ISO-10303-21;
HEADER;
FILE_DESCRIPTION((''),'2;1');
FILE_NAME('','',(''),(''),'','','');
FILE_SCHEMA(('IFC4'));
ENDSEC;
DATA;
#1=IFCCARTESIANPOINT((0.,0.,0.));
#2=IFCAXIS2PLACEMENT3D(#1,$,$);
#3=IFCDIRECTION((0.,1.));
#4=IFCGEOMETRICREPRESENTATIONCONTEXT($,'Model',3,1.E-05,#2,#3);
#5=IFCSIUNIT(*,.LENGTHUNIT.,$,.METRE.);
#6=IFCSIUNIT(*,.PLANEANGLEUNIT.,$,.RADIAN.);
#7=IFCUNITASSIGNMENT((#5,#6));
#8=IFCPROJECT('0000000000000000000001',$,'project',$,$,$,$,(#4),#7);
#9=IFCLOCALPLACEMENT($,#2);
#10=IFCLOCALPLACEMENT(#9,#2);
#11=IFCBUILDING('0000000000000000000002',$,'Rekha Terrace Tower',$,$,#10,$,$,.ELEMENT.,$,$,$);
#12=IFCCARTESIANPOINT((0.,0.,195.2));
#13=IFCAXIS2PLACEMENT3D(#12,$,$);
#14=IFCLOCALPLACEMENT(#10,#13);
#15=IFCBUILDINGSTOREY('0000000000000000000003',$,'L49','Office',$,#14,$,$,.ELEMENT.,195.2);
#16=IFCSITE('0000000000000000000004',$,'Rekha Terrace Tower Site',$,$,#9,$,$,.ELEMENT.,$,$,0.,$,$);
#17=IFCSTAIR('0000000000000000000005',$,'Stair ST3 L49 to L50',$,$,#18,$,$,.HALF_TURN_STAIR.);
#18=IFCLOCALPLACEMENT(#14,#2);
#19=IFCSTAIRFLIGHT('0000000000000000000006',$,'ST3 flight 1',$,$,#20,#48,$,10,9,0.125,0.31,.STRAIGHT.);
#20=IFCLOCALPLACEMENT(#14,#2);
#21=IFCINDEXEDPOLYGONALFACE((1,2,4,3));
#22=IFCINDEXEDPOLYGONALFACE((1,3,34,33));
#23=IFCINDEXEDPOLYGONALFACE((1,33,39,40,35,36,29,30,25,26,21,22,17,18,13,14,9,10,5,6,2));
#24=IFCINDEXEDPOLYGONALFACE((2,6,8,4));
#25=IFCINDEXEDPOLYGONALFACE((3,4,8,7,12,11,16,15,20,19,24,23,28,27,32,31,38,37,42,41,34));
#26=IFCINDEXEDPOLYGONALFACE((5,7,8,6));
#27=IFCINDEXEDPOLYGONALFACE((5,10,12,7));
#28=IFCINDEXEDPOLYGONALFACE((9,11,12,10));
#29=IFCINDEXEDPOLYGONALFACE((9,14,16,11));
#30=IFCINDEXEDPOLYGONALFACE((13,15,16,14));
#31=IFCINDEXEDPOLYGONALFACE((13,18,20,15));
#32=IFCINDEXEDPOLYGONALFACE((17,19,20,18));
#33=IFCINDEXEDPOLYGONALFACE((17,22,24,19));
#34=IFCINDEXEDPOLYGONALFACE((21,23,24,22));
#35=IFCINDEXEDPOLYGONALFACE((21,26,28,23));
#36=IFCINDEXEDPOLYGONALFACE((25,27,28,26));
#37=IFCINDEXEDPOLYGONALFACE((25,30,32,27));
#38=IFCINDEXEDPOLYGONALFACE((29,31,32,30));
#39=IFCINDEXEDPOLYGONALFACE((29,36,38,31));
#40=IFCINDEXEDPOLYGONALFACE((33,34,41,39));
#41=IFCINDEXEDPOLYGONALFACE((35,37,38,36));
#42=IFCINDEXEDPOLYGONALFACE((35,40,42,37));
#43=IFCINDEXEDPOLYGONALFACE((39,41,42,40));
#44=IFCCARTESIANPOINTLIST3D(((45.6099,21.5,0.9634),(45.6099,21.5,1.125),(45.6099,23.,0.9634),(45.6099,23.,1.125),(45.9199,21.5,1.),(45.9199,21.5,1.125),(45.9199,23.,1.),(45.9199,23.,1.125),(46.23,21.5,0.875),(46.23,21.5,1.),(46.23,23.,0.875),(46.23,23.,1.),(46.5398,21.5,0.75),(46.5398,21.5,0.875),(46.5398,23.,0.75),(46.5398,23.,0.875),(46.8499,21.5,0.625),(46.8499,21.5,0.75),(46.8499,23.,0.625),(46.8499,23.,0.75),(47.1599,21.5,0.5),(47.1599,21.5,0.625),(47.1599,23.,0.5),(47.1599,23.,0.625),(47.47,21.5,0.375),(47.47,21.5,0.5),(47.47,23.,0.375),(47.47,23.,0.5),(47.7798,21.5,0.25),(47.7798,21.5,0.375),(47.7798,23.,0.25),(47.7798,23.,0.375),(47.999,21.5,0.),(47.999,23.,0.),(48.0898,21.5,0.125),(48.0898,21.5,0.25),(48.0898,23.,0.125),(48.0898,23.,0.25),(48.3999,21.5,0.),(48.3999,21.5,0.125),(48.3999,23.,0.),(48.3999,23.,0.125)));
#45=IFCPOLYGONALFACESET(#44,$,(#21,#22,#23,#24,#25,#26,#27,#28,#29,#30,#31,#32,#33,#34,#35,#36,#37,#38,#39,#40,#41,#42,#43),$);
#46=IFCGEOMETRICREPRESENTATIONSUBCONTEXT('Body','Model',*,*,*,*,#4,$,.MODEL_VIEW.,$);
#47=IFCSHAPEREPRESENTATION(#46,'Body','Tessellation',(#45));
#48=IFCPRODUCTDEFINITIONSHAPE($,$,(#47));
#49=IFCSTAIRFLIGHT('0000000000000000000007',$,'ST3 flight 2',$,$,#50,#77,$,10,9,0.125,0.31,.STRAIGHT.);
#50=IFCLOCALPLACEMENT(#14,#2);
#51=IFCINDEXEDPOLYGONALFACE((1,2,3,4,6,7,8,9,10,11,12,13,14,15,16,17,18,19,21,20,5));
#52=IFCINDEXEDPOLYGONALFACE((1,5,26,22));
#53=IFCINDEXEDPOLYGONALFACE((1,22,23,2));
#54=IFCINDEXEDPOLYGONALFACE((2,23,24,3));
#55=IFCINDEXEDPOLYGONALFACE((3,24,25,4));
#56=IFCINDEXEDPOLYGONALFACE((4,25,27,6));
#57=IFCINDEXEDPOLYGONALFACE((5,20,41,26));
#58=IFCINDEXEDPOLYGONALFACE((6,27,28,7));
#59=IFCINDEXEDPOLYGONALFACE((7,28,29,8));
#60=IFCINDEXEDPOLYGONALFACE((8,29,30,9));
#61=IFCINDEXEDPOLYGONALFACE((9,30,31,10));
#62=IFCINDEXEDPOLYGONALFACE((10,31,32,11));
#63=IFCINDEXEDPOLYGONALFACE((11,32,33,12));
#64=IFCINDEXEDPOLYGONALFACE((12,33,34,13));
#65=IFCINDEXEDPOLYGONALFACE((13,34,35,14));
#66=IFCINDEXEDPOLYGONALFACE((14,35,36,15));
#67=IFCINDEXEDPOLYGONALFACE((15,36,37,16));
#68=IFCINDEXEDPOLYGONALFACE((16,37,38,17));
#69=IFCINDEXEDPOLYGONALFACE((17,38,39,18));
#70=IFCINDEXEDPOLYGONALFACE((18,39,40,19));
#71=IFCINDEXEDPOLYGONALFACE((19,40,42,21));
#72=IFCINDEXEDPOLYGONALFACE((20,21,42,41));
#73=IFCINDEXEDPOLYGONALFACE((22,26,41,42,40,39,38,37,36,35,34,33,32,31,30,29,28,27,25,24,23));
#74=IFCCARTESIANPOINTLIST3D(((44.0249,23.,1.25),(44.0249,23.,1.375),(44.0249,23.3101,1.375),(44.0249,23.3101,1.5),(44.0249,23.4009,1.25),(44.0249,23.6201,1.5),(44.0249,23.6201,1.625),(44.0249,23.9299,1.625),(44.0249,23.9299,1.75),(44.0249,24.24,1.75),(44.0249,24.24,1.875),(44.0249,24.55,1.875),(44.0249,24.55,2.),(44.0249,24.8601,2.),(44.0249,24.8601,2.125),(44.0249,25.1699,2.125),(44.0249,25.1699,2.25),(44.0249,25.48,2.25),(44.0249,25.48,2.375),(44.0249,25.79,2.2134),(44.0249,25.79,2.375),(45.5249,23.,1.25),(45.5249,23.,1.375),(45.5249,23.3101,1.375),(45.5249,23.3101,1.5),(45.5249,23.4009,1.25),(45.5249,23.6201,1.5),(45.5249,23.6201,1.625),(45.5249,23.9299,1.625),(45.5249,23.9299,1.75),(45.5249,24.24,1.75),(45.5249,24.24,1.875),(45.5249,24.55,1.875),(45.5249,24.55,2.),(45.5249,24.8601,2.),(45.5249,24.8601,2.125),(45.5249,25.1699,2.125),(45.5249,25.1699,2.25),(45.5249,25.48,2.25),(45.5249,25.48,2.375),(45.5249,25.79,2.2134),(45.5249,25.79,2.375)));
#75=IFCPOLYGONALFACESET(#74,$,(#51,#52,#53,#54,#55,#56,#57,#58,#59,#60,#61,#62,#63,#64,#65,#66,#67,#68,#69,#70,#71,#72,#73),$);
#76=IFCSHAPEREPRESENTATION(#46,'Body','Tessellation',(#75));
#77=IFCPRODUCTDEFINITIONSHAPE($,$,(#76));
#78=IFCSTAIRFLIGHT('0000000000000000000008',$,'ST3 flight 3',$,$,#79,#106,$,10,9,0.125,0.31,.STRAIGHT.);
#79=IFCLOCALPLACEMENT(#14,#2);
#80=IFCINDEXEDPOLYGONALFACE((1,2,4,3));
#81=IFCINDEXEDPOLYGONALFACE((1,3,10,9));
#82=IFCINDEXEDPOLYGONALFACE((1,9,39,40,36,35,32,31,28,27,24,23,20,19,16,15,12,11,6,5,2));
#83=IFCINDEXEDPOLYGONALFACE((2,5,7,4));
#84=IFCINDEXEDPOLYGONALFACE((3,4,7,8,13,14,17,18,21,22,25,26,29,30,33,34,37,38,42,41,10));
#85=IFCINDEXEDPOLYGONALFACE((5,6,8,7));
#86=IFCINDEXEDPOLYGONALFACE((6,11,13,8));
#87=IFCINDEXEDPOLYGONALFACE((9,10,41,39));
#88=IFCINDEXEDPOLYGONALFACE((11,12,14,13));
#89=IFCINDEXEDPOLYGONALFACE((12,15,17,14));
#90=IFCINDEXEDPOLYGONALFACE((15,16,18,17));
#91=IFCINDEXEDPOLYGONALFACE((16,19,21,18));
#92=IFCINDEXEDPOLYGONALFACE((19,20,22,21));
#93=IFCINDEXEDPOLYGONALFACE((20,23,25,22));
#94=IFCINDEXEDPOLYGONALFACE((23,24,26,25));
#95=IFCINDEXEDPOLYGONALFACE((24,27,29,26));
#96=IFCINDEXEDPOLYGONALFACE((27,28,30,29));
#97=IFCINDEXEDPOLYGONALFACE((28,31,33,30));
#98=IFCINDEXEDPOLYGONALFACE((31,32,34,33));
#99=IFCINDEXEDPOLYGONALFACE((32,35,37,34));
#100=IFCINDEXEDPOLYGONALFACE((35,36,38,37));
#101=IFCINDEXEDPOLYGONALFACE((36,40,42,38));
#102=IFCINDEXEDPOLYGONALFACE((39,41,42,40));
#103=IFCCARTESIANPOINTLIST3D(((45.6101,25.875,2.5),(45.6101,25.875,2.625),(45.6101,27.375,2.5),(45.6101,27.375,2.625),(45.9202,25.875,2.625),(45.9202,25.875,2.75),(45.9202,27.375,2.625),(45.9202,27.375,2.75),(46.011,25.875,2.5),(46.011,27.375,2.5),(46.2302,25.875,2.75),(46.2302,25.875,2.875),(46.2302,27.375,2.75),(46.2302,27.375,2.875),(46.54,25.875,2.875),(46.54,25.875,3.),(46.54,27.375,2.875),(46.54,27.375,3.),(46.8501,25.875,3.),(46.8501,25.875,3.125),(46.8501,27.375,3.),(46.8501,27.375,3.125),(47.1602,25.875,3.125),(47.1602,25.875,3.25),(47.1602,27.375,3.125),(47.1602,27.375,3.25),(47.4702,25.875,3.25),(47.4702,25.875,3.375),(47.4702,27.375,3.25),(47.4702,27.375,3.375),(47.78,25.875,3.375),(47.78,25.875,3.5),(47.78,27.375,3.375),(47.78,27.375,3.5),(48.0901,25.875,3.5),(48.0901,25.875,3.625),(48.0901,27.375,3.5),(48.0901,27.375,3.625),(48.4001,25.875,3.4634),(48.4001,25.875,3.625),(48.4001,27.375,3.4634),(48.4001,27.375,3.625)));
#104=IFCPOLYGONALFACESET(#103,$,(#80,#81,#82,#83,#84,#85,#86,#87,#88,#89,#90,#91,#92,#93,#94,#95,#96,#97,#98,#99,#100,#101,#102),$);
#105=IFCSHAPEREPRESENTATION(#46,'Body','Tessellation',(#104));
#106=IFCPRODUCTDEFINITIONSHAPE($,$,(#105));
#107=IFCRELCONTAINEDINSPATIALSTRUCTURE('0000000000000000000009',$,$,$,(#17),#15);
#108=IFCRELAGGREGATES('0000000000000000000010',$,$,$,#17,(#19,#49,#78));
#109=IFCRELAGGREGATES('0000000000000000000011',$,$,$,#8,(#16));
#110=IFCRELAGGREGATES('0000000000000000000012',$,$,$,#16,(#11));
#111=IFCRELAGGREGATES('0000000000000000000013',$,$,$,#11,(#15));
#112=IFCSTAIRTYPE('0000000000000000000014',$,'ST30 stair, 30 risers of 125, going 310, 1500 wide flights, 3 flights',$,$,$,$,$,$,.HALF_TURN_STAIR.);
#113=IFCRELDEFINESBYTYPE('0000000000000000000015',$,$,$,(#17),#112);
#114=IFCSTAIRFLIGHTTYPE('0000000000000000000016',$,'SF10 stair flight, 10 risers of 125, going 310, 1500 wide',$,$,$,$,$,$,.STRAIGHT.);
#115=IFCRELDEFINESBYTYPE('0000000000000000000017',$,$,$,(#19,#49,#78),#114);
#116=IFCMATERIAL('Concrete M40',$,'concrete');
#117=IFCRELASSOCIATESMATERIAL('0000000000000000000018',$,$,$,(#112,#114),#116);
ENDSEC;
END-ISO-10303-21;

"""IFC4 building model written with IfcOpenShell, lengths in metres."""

from ifc_helpers import new_model, si_unit, direction, frame, origin, place, context, subcontext, project, spatial, polyline, outline, extrude, material, type_object, element, aggregate, save


model = new_model("IFC4")

# Units and contexts
model_context = context("Model", 3, precision=1e-05, world=origin(), true_north=direction((0.0, 1.0)))
body_context = subcontext(model_context, "Body", "Model", "MODEL_VIEW")
ifc_project = project(units=[si_unit("LENGTHUNIT", "METRE"), si_unit("PLANEANGLEUNIT", "RADIAN")], contexts=[model_context])

# Site, building, storey
site_placement = place(None, origin())
site = spatial("IfcSite", under=ifc_project, at=site_placement, Name="Rekha Terrace Tower Site", CompositionType="ELEMENT", RefElevation=0.0)
building_placement = place(site_placement, origin())
building = spatial("IfcBuilding", under=site, at=building_placement, Name="Rekha Terrace Tower", CompositionType="ELEMENT")
storey_placement = place(building_placement, frame((0.0, 0.0, 195.2)))
storey = spatial("IfcBuildingStorey", under=building, at=storey_placement, Name="L49", Description="Office", CompositionType="ELEMENT", Elevation=195.2)

# Stair, stair flights
ifc_material_1 = material(Name="Concrete M40", Category="concrete")
stair_type = type_object("IfcStairType", Name="ST30 stair, 30 risers of 125, going 310, 1500 wide flights, 3 flights", PredefinedType="HALF_TURN_STAIR", material=ifc_material_1)
stair_placement = place(storey_placement, origin())
stair = element("IfcStair", 1, at=stair_placement, inside=storey, type_object=stair_type, Name="Stair ST3 L49 to L50", PredefinedType="HALF_TURN_STAIR")
stair_flight_type = type_object("IfcStairFlightType", Name="SF10 stair flight, 10 risers of 125, going 310, 1500 wide", PredefinedType="STRAIGHT", material=ifc_material_1)
stair_flight_1_placement = place(storey_placement, frame((48.3999, 22.25, 0.0), z_axis=(0.0, 0.0, 1.0), x_axis=(-1.0, 0.0, 0.0)))
stair_flight_1 = element("IfcStairFlight", 2, at=stair_flight_1_placement, type_object=stair_flight_type, Name="ST3 flight 1", NumberOfRisers=10, NumberOfTreads=9, PredefinedType="STRAIGHT", RiserHeight=0.125, TreadLength=0.31, context=body_context, shape_type="SweptSolid", body=[
    extrude(outline(polyline([(0.0, 0.0), (0.0, 0.125), (0.3101, 0.125), (0.3101, 0.25), (0.6201, 0.25), (0.6201, 0.375), (0.9299, 0.375), (0.9299, 0.5), (1.24, 0.5), (1.24, 0.625), (1.55, 0.625), (1.55, 0.75), (1.8601, 0.75), (1.8601, 0.875), (2.1699, 0.875), (2.1699, 1.0), (2.48, 1.0), (2.48, 1.125), (2.79, 1.125), (2.79, 1.25), (2.79, 0.9634), (0.4009, 0.0), (0.0, 0.0)])), frame((0.0, 0.75, 0.0), z_axis=(0.0, -1.0, 0.0), x_axis=(1.0, 0.0, 0.0)), (0.0, 0.0, 1.0), 1.5),
])
stair_flight_2_placement = place(storey_placement, frame((44.7749, 23.0, 1.25), z_axis=(0.0, 0.0, 1.0), x_axis=(0.0, 1.0, 0.0)))
stair_flight_2 = element("IfcStairFlight", 3, at=stair_flight_2_placement, type_object=stair_flight_type, Name="ST3 flight 2", NumberOfRisers=10, NumberOfTreads=9, PredefinedType="STRAIGHT", RiserHeight=0.125, TreadLength=0.31, context=body_context, shape_type="SweptSolid", body=[
    extrude(outline(polyline([(0.0, 0.0), (0.0, 0.125), (0.3101, 0.125), (0.3101, 0.25), (0.6201, 0.25), (0.6201, 0.375), (0.9299, 0.375), (0.9299, 0.5), (1.24, 0.5), (1.24, 0.625), (1.55, 0.625), (1.55, 0.75), (1.8601, 0.75), (1.8601, 0.875), (2.1699, 0.875), (2.1699, 1.0), (2.48, 1.0), (2.48, 1.125), (2.79, 1.125), (2.79, 1.25), (2.79, 0.9634), (0.4009, 0.0), (0.0, 0.0)])), frame((0.0, 0.75, 0.0), z_axis=(0.0, -1.0, 0.0), x_axis=(1.0, 0.0, 0.0)), (0.0, 0.0, 1.0), 1.5),
])
stair_flight_3_placement = place(storey_placement, frame((45.6101, 26.625, 2.5), z_axis=(0.0, 0.0, 1.0), x_axis=(1.0, 0.0, 0.0)))
stair_flight_3 = element("IfcStairFlight", 4, at=stair_flight_3_placement, type_object=stair_flight_type, Name="ST3 flight 3", NumberOfRisers=10, NumberOfTreads=9, PredefinedType="STRAIGHT", RiserHeight=0.125, TreadLength=0.31, context=body_context, shape_type="SweptSolid", body=[
    extrude(outline(polyline([(0.0, 0.0), (0.0, 0.125), (0.3101, 0.125), (0.3101, 0.25), (0.6201, 0.25), (0.6201, 0.375), (0.9299, 0.375), (0.9299, 0.5), (1.24, 0.5), (1.24, 0.625), (1.55, 0.625), (1.55, 0.75), (1.8601, 0.75), (1.8601, 0.875), (2.1699, 0.875), (2.1699, 1.0), (2.48, 1.0), (2.48, 1.125), (2.79, 1.125), (2.79, 1.25), (2.79, 0.9634), (0.4009, 0.0), (0.0, 0.0)])), frame((0.0, 0.75, 0.0), z_axis=(0.0, -1.0, 0.0), x_axis=(1.0, 0.0, 0.0)), (0.0, 0.0, 1.0), 1.5),
])
aggregate(stair, [stair_flight_1, stair_flight_2, stair_flight_3])

save(model, "model.ifc")
